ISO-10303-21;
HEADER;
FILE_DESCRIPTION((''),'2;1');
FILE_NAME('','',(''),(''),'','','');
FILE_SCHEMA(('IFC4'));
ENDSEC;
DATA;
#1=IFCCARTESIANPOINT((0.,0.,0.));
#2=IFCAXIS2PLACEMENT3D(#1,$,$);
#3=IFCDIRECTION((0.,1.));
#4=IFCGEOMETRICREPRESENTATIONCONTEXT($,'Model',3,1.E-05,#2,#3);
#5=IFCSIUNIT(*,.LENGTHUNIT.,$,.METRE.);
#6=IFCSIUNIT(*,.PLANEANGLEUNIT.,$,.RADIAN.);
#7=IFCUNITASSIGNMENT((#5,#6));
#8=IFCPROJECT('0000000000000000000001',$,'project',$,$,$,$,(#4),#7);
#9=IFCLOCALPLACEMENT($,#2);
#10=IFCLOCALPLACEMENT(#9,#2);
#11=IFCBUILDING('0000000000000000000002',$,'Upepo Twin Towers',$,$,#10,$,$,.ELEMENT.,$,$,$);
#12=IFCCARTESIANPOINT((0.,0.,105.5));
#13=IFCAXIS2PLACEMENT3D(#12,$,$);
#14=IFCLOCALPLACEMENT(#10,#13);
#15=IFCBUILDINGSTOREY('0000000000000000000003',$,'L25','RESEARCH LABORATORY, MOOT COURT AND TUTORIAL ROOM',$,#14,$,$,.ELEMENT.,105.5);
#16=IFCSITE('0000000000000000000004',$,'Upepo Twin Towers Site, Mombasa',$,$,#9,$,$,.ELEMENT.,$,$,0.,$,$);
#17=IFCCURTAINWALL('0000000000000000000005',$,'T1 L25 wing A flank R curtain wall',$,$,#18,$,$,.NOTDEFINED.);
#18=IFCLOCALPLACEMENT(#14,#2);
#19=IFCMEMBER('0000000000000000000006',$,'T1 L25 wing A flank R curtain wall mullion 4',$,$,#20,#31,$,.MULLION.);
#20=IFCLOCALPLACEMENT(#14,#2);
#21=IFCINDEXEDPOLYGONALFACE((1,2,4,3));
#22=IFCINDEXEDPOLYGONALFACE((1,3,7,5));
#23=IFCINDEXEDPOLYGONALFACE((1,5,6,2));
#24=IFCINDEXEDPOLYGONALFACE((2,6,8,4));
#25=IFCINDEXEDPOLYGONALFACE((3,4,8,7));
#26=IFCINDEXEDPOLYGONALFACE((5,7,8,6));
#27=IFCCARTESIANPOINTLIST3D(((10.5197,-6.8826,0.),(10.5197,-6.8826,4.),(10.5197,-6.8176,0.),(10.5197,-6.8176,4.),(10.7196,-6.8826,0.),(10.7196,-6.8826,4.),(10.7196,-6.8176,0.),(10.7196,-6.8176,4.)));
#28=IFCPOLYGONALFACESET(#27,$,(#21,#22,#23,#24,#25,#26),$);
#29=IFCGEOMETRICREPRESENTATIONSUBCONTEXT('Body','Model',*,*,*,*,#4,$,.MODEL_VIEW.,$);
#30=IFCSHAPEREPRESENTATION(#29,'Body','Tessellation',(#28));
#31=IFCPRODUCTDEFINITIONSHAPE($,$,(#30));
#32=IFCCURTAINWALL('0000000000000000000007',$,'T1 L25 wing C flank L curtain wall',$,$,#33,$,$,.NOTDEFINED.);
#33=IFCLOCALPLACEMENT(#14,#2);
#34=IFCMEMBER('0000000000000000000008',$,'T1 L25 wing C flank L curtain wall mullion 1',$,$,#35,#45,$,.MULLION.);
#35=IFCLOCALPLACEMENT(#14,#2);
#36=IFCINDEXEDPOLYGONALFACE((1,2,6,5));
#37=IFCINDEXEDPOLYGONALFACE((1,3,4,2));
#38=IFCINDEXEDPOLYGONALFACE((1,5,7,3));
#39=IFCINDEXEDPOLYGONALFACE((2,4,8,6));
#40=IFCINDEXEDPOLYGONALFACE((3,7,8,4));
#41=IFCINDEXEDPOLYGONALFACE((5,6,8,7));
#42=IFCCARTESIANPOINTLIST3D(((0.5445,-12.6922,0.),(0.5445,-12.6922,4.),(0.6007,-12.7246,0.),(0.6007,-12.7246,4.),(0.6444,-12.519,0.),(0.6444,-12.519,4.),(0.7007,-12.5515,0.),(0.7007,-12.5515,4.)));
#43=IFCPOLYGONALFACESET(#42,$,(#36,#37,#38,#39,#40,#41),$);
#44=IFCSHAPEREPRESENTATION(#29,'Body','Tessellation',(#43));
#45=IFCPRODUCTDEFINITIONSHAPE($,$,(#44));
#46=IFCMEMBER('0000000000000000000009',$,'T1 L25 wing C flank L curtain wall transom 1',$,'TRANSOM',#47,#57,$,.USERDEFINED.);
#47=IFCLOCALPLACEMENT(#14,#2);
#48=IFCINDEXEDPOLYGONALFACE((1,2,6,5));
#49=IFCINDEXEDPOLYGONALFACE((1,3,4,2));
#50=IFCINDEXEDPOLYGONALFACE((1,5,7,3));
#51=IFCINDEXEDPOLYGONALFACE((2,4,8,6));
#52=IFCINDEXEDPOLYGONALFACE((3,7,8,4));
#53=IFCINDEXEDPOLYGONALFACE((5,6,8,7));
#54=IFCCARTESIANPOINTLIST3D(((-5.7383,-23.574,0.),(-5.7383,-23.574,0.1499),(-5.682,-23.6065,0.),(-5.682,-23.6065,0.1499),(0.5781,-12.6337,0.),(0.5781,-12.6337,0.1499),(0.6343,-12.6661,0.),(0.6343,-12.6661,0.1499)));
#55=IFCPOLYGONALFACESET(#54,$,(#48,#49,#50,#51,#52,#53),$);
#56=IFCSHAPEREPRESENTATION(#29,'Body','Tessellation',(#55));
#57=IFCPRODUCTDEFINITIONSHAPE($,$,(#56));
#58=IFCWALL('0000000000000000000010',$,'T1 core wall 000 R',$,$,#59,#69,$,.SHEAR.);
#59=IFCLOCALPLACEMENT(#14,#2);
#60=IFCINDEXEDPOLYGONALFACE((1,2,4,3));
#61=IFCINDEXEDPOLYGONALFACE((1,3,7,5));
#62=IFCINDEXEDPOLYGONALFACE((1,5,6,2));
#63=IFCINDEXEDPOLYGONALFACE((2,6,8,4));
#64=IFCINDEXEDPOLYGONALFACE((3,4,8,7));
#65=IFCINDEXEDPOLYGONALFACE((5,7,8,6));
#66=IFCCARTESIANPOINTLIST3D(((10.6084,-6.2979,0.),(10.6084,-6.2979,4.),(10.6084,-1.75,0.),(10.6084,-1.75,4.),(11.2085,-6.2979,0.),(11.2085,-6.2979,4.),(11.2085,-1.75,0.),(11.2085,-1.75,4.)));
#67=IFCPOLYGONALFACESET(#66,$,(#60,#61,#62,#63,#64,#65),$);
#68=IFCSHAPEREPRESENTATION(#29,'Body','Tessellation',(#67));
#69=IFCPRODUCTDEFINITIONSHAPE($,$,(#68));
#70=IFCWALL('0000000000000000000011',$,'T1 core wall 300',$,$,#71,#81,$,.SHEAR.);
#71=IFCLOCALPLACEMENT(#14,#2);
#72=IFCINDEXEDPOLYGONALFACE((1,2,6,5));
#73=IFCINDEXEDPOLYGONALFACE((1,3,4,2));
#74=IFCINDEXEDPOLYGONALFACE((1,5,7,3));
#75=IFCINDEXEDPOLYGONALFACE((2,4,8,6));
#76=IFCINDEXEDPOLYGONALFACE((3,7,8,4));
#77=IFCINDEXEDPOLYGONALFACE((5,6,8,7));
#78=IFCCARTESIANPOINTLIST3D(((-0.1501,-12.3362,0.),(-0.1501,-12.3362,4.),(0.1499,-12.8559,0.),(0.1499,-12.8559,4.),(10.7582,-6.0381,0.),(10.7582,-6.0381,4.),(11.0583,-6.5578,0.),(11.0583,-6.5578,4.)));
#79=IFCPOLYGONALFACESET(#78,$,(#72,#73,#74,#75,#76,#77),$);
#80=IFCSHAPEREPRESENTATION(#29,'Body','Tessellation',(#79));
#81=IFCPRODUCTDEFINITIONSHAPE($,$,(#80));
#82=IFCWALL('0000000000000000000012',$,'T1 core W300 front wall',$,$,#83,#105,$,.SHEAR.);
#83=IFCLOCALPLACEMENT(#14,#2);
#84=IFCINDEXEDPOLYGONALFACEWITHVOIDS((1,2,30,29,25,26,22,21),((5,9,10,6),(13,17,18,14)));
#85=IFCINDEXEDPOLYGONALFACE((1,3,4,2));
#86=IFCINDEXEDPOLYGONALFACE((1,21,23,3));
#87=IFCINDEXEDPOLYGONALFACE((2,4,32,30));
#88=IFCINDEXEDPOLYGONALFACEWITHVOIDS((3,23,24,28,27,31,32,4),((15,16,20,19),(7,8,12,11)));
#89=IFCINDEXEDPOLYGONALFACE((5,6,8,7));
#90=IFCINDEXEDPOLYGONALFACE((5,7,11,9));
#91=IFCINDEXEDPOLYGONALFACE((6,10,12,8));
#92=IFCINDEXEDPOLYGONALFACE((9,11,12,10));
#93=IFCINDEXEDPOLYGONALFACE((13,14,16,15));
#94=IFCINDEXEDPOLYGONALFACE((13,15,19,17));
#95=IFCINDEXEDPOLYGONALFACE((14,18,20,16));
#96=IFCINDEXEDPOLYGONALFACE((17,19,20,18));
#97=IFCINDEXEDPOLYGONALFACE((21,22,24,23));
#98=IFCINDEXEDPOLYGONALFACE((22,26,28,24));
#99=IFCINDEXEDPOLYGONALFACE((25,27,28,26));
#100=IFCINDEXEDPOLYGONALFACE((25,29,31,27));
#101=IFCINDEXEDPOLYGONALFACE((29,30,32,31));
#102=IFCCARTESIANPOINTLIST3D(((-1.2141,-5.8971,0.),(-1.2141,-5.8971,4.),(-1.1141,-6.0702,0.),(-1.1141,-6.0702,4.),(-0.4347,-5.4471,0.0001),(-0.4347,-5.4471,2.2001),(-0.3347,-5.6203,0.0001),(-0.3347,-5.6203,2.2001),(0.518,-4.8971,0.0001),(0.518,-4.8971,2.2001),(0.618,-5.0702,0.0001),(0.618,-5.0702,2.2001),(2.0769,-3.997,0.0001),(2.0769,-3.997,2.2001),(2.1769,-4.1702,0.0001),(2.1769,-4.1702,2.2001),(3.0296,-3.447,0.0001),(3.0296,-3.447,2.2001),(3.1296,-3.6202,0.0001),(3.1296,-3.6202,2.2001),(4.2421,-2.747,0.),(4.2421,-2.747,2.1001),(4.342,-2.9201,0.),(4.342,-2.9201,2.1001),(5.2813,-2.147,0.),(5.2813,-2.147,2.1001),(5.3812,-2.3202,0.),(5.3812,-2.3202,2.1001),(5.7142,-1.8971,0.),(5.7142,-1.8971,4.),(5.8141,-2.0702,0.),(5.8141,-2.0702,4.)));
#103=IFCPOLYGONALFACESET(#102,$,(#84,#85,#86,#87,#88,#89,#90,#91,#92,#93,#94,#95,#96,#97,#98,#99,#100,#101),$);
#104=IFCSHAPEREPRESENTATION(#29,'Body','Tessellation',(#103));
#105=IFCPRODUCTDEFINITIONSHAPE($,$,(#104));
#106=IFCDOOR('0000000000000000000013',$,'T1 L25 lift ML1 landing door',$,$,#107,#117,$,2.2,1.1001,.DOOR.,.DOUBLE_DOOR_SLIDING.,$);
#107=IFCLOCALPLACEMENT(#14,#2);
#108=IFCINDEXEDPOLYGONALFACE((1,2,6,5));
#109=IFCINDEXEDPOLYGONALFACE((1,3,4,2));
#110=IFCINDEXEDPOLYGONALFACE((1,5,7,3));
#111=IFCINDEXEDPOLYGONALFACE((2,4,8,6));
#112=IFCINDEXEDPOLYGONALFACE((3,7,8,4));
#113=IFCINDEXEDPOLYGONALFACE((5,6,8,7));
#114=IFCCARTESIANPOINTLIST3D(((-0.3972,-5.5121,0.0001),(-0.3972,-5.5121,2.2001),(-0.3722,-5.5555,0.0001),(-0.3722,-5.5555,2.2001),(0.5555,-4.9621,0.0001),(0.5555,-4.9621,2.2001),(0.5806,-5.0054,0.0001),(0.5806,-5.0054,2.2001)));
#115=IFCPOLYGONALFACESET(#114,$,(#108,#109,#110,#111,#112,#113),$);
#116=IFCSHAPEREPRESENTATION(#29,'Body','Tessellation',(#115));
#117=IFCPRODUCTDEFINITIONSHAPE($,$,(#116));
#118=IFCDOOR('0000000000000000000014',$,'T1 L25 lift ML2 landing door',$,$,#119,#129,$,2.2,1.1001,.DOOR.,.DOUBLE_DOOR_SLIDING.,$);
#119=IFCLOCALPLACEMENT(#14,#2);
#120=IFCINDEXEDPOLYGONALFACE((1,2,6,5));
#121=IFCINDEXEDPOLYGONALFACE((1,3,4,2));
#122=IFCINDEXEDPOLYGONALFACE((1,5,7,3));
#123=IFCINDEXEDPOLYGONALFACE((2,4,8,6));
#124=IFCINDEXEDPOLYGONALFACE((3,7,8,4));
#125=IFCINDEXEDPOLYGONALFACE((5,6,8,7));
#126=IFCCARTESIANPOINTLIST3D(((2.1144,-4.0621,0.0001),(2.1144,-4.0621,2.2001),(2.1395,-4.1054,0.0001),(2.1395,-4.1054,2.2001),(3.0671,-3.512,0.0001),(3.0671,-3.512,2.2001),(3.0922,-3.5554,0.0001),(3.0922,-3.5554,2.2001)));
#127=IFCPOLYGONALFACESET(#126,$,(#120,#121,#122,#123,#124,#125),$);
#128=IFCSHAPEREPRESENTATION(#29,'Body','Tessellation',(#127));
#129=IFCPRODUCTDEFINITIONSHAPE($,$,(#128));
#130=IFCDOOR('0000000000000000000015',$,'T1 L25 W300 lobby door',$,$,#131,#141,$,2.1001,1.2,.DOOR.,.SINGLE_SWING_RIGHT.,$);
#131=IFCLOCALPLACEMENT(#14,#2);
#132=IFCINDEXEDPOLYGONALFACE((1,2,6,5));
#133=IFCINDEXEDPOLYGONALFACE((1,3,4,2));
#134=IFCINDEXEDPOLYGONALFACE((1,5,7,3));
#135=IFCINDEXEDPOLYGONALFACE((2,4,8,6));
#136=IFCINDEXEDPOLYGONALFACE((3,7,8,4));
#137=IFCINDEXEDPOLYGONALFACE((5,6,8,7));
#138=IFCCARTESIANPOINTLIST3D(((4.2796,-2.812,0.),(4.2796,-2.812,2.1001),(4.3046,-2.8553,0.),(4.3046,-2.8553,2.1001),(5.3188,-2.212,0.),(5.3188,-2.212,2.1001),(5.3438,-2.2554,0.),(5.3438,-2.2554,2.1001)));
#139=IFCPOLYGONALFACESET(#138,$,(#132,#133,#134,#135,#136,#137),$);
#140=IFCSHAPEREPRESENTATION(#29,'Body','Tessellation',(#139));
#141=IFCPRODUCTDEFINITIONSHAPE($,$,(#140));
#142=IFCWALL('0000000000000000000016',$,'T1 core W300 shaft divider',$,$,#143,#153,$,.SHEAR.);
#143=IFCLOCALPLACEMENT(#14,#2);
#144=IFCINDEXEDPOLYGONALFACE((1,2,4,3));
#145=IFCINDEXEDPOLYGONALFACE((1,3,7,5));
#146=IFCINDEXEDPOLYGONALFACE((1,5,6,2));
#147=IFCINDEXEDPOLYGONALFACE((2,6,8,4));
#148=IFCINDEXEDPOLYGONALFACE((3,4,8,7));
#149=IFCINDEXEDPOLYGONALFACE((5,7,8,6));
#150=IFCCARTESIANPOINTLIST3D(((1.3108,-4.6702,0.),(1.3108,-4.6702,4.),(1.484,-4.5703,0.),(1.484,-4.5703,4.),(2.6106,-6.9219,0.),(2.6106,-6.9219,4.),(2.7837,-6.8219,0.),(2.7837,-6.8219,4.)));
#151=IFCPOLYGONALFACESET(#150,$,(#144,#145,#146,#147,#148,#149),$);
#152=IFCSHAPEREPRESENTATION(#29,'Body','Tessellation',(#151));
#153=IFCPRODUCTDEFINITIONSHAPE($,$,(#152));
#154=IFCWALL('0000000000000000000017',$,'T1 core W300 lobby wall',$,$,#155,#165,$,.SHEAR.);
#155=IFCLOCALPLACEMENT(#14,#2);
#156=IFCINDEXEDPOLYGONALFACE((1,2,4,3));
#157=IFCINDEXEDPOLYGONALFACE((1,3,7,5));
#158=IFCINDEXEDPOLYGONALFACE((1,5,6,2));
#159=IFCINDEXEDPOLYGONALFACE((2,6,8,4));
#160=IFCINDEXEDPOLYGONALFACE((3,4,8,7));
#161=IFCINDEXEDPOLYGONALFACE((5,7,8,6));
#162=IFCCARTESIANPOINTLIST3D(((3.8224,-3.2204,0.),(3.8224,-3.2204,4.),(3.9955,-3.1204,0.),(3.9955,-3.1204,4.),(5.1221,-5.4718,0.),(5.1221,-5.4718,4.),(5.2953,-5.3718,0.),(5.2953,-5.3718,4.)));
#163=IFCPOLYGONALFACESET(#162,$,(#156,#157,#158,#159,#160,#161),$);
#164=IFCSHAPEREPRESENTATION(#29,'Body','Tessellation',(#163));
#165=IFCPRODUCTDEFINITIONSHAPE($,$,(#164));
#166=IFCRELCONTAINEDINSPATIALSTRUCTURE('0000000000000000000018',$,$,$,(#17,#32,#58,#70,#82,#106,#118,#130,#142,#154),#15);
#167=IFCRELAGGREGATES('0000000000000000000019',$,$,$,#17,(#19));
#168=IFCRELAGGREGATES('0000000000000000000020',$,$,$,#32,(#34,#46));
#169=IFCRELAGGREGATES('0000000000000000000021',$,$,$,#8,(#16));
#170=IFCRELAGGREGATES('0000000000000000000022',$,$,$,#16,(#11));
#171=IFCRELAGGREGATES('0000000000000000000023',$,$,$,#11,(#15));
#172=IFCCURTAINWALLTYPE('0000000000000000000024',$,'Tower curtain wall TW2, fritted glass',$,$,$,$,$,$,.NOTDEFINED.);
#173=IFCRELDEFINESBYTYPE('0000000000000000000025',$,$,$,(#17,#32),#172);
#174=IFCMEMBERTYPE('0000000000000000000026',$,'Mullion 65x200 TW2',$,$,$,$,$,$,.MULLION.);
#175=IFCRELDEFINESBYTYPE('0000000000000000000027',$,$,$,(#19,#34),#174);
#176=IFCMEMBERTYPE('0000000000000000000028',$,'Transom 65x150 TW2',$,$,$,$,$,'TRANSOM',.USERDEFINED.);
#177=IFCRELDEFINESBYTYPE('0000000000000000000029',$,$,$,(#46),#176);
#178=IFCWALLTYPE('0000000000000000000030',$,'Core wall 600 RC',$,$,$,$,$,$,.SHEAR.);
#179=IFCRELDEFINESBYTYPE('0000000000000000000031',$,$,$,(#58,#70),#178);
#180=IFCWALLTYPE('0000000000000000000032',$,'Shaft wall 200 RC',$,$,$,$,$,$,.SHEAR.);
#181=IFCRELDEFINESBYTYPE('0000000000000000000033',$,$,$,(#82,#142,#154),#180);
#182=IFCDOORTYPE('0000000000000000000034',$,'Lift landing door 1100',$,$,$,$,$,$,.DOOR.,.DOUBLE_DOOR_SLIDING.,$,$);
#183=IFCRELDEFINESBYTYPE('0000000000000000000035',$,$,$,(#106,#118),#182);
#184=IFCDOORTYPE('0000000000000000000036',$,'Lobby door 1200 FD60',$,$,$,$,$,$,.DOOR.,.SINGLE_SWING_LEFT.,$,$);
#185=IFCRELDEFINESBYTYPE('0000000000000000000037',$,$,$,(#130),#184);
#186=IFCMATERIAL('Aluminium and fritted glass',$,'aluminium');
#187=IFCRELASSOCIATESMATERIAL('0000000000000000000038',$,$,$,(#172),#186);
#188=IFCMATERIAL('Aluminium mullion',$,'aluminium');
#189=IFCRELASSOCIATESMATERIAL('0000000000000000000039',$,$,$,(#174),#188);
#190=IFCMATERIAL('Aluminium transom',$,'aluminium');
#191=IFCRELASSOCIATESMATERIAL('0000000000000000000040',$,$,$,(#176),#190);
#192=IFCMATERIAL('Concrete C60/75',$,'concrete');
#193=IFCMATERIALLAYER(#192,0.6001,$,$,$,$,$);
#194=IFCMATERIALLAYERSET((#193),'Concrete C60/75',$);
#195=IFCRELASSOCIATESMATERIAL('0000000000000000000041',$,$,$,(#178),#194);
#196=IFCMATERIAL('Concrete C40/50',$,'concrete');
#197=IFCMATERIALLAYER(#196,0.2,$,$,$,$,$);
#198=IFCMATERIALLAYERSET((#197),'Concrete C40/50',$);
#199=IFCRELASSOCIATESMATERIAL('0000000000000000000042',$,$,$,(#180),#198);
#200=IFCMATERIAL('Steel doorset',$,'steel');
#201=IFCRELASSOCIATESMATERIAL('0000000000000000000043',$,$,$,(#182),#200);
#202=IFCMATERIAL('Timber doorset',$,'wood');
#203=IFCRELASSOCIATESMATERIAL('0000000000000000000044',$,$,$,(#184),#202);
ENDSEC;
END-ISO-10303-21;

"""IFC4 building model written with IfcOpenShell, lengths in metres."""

from ifc_helpers import new_model, si_unit, direction, frame, frame_2d, origin, origin_2d, place, context, subcontext, project, spatial, rectangle, extrude, material, layer, layer_set, material_profile, profile_set, type_object, element, fill, aggregate, save


model = new_model("IFC4")

# Units and contexts
model_context = context("Model", 3, precision=1e-05, world=origin(), true_north=direction((0.0, 1.0)))
body_context = subcontext(model_context, "Body", "Model", "MODEL_VIEW")
ifc_project = project(units=[si_unit("LENGTHUNIT", "METRE"), si_unit("PLANEANGLEUNIT", "RADIAN")], contexts=[model_context])

# Site, building, storey
site_placement = place(None, origin())
site = spatial("IfcSite", under=ifc_project, at=site_placement, Name="Upepo Twin Towers Site, Mombasa", CompositionType="ELEMENT", RefElevation=0.0)
building_placement = place(site_placement, origin())
building = spatial("IfcBuilding", under=site, at=building_placement, Name="Upepo Twin Towers", CompositionType="ELEMENT")
storey_placement = place(building_placement, frame((0.0, 0.0, 105.5)))
storey = spatial("IfcBuildingStorey", under=building, at=storey_placement, Name="L25", Description="RESEARCH LABORATORY, MOOT COURT AND TUTORIAL ROOM", CompositionType="ELEMENT", Elevation=105.5)

# Curtain wall, member
ifc_material_1 = material(Name="Aluminium and fritted glass", Category="aluminium")
curtain_wall_type = type_object("IfcCurtainWallType", Name="Tower curtain wall TW2, fritted glass", PredefinedType="NOTDEFINED", material=ifc_material_1)
curtain_wall_1_placement = place(storey_placement, origin())
curtain_wall_1 = element("IfcCurtainWall", 1, at=curtain_wall_1_placement, inside=storey, type_object=curtain_wall_type, Name="T1 L25 wing A flank R curtain wall", PredefinedType="NOTDEFINED")
ifc_material_2 = material(Name="Aluminium mullion", Category="aluminium")
ifc_material_profile_1 = material_profile(ifc_material_2, rectangle(XDim=0.0649, YDim=0.2, at=origin_2d()), Name="MULLION 65x200")
ifc_profile_set_1 = profile_set([ifc_material_profile_1], Name="Aluminium mullion")
member_type_1 = type_object("IfcMemberType", Name="Mullion 65x200 TW2", PredefinedType="MULLION", material=ifc_profile_set_1)
member_1_placement = place(storey_placement, frame((10.6196, -6.8501, 0.0), z_axis=(0.0, 0.0, 1.0), x_axis=(0.0, -1.0, 0.0)))
member_1 = element("IfcMember", 2, at=member_1_placement, type_object=member_type_1, Name="T1 L25 wing A flank R curtain wall mullion 4", PredefinedType="MULLION", context=body_context, shape_type="SweptSolid", body=[
    extrude(rectangle(XDim=0.0649, YDim=0.2, at=origin_2d()), origin(), (0.0, 0.0, 1.0), 4.0),
])
aggregate(curtain_wall_1, [member_1])

# Curtain wall, members
curtain_wall_2_placement = place(storey_placement, origin())
curtain_wall_2 = element("IfcCurtainWall", 3, at=curtain_wall_2_placement, inside=storey, type_object=curtain_wall_type, Name="T1 L25 wing C flank L curtain wall", PredefinedType="NOTDEFINED")
member_2_placement = place(storey_placement, frame((0.6226, -12.6218, 0.0), z_axis=(0.0, 0.0, 1.0), x_axis=(0.866025, -0.5, 0.0)))
member_2 = element("IfcMember", 4, at=member_2_placement, type_object=member_type_1, Name="T1 L25 wing C flank L curtain wall mullion 1", PredefinedType="MULLION", context=body_context, shape_type="SweptSolid", body=[
    extrude(rectangle(XDim=0.0649, YDim=0.2, at=origin_2d()), origin(), (0.0, 0.0, 1.0), 4.0),
])
ifc_material_3 = material(Name="Aluminium transom", Category="aluminium")
ifc_material_profile_2 = material_profile(ifc_material_3, rectangle(XDim=0.0649, YDim=0.1499, at=origin_2d()), Name="TRANSOM 65x150")
ifc_profile_set_2 = profile_set([ifc_material_profile_2], Name="Aluminium transom")
member_type_2 = type_object("IfcMemberType", Name="Transom 65x150 TW2", ElementType="TRANSOM", PredefinedType="USERDEFINED", material=ifc_profile_set_2)
member_3_placement = place(storey_placement, frame((0.6062, -12.6499, 0.075), z_axis=(-0.499997, -0.866027, 0.0), x_axis=(0.866027, -0.499997, 0.0)))
member_3 = element("IfcMember", 5, at=member_3_placement, type_object=member_type_2, Name="T1 L25 wing C flank L curtain wall transom 1", ObjectType="TRANSOM", PredefinedType="USERDEFINED", context=body_context, shape_type="SweptSolid", body=[
    extrude(rectangle(XDim=0.0649, YDim=0.1499, at=origin_2d()), origin(), (0.0, 0.0, 1.0), 12.6328),
])
aggregate(curtain_wall_2, [member_2, member_3])

# Walls
ifc_material_4 = material(Name="Concrete C60/75", Category="concrete")
ifc_layer_1 = layer(ifc_material_4, 0.6001)
ifc_layer_set_1 = layer_set([ifc_layer_1], Name="Concrete C60/75")
wall_type_1 = type_object("IfcWallType", Name="Core wall 600 RC", PredefinedType="SHEAR", material=ifc_layer_set_1)
wall_1_placement = place(storey_placement, frame((10.9084, -6.2979, 0.0), z_axis=(0.0, 0.0, 1.0), x_axis=(0.0, 1.0, 0.0)))
element("IfcWall", 6, at=wall_1_placement, inside=storey, type_object=wall_type_1, Name="T1 core wall 000 R", PredefinedType="SHEAR", context=body_context, shape_type="SweptSolid", body=[
    extrude(rectangle(XDim=4.5479, YDim=0.6001, at=frame_2d((2.2739, 0.0))), origin(), (0.0, 0.0, 1.0), 4.0),
])
wall_2_placement = place(storey_placement, frame((0.0, -12.5959, 0.0), z_axis=(0.0, 0.0, 1.0), x_axis=(0.866022, 0.500006, 0.0)))
element("IfcWall", 7, at=wall_2_placement, inside=storey, type_object=wall_type_1, Name="T1 core wall 300", PredefinedType="SHEAR", context=body_context, shape_type="SweptSolid", body=[
    extrude(rectangle(XDim=12.5959, YDim=0.6001, at=frame_2d((6.2979, 0.0))), origin(), (0.0, 0.0, 1.0), 4.0),
])

# Wall, openings, doors
ifc_material_5 = material(Name="Concrete C40/50", Category="concrete")
ifc_layer_2 = layer(ifc_material_5, 0.2)
ifc_layer_set_2 = layer_set([ifc_layer_2], Name="Concrete C40/50")
wall_type_2 = type_object("IfcWallType", Name="Shaft wall 200 RC", PredefinedType="SHEAR", material=ifc_layer_set_2)
wall_3_placement = place(storey_placement, frame((-1.1641, -5.9836, 0.0), z_axis=(0.0, 0.0, 1.0), x_axis=(0.866026, 0.499999, 0.0)))
wall_3 = element("IfcWall", 8, at=wall_3_placement, inside=storey, type_object=wall_type_2, Name="T1 core W300 front wall", PredefinedType="SHEAR", context=body_context, shape_type="SweptSolid", body=[
    extrude(rectangle(XDim=8.0, YDim=0.2, at=frame_2d((4.0, 0.0))), origin(), (0.0, 0.0, 1.0), 4.0),
])
opening_1_placement = place(wall_3_placement, frame((6.3, 0.0, 0.0)))
opening_1 = element("IfcOpeningElement", 9, at=opening_1_placement, cuts=wall_3, PredefinedType="OPENING", context=body_context, shape_type="SweptSolid", body=[
    extrude(rectangle(XDim=1.2, YDim=2.1001, at=frame_2d((0.6001, 1.05))), frame((0.0, 0.1099, 0.0), z_axis=(0.0, -1.0, 0.0), x_axis=(1.0, 0.0, 0.0)), (0.0, 0.0, 1.0), 0.22),
])
opening_2_placement = place(wall_3_placement, frame((0.8999, 0.0, 0.0)))
opening_2 = element("IfcOpeningElement", 10, at=opening_2_placement, cuts=wall_3, PredefinedType="OPENING", context=body_context, shape_type="SweptSolid", body=[
    extrude(rectangle(XDim=1.1001, YDim=2.2, at=frame_2d((0.55, 1.1001))), frame((0.0, 0.1099, 0.0), z_axis=(0.0, -1.0, 0.0), x_axis=(1.0, 0.0, 0.0)), (0.0, 0.0, 1.0), 0.22),
])
opening_3_placement = place(wall_3_placement, frame((3.8, 0.0, 0.0)))
opening_3 = element("IfcOpeningElement", 11, at=opening_3_placement, cuts=wall_3, PredefinedType="OPENING", context=body_context, shape_type="SweptSolid", body=[
    extrude(rectangle(XDim=1.1001, YDim=2.2, at=frame_2d((0.55, 1.1001))), frame((0.0, 0.1099, 0.0), z_axis=(0.0, -1.0, 0.0), x_axis=(1.0, 0.0, 0.0)), (0.0, 0.0, 1.0), 0.22),
])
ifc_material_6 = material(Name="Steel doorset", Category="steel")
door_type_1 = type_object("IfcDoorType", Name="Lift landing door 1100", OperationType="DOUBLE_DOOR_SLIDING", PredefinedType="DOOR", material=ifc_material_6)
door_1_placement = place(opening_2_placement, origin())
door_1 = element("IfcDoor", 12, at=door_1_placement, inside=storey, type_object=door_type_1, Name="T1 L25 lift ML1 landing door", OperationType="DOUBLE_DOOR_SLIDING", OverallHeight=2.2, OverallWidth=1.1001, PredefinedType="DOOR", context=body_context, shape_type="SweptSolid", body=[
    extrude(rectangle(XDim=1.1001, YDim=2.2, at=frame_2d((0.55, 1.1001))), frame((0.0, 0.0249, 0.0), z_axis=(0.0, -1.0, 0.0), x_axis=(1.0, 0.0, 0.0)), (0.0, 0.0, 1.0), 0.05),
])
fill(opening_2, door_1)
door_2_placement = place(opening_3_placement, origin())
door_2 = element("IfcDoor", 13, at=door_2_placement, inside=storey, type_object=door_type_1, Name="T1 L25 lift ML2 landing door", OperationType="DOUBLE_DOOR_SLIDING", OverallHeight=2.2, OverallWidth=1.1001, PredefinedType="DOOR", context=body_context, shape_type="SweptSolid", body=[
    extrude(rectangle(XDim=1.1001, YDim=2.2, at=frame_2d((0.55, 1.1001))), frame((0.0, 0.0249, 0.0), z_axis=(0.0, -1.0, 0.0), x_axis=(1.0, 0.0, 0.0)), (0.0, 0.0, 1.0), 0.05),
])
fill(opening_3, door_2)
ifc_material_7 = material(Name="Timber doorset", Category="wood")
door_type_2 = type_object("IfcDoorType", Name="Lobby door 1200 FD60", OperationType="SINGLE_SWING_LEFT", PredefinedType="DOOR", material=ifc_material_7)
door_3_placement = place(opening_1_placement, origin())
door_3 = element("IfcDoor", 14, at=door_3_placement, inside=storey, type_object=door_type_2, Name="T1 L25 W300 lobby door", OperationType="SINGLE_SWING_RIGHT", OverallHeight=2.1001, OverallWidth=1.2, PredefinedType="DOOR", context=body_context, shape_type="SweptSolid", body=[
    extrude(rectangle(XDim=1.2, YDim=2.1001, at=frame_2d((0.6001, 1.05))), frame((0.0, 0.0249, 0.0), z_axis=(0.0, -1.0, 0.0), x_axis=(1.0, 0.0, 0.0)), (0.0, 0.0, 1.0), 0.05),
])
fill(opening_1, door_3)

# Walls
wall_4_placement = place(storey_placement, frame((1.3975, -4.6204, 0.0), z_axis=(0.0, 0.0, 1.0), x_axis=(0.499937, -0.866062, 0.0)))
element("IfcWall", 15, at=wall_4_placement, inside=storey, type_object=wall_type_2, Name="T1 core W300 shaft divider", PredefinedType="SHEAR", context=body_context, shape_type="SweptSolid", body=[
    extrude(rectangle(XDim=2.5999, YDim=0.2, at=frame_2d((1.2998, 0.0))), origin(), (0.0, 0.0, 1.0), 4.0),
])
wall_5_placement = place(storey_placement, frame((3.9089, -3.1704, 0.0), z_axis=(0.0, 0.0, 1.0), x_axis=(0.499977, -0.866039, 0.0)))
element("IfcWall", 16, at=wall_5_placement, inside=storey, type_object=wall_type_2, Name="T1 core W300 lobby wall", PredefinedType="SHEAR", context=body_context, shape_type="SweptSolid", body=[
    extrude(rectangle(XDim=2.5996, YDim=0.2, at=frame_2d((1.2998, 0.0))), origin(), (0.0, 0.0, 1.0), 4.0),
])

save(model, "model.ifc")
